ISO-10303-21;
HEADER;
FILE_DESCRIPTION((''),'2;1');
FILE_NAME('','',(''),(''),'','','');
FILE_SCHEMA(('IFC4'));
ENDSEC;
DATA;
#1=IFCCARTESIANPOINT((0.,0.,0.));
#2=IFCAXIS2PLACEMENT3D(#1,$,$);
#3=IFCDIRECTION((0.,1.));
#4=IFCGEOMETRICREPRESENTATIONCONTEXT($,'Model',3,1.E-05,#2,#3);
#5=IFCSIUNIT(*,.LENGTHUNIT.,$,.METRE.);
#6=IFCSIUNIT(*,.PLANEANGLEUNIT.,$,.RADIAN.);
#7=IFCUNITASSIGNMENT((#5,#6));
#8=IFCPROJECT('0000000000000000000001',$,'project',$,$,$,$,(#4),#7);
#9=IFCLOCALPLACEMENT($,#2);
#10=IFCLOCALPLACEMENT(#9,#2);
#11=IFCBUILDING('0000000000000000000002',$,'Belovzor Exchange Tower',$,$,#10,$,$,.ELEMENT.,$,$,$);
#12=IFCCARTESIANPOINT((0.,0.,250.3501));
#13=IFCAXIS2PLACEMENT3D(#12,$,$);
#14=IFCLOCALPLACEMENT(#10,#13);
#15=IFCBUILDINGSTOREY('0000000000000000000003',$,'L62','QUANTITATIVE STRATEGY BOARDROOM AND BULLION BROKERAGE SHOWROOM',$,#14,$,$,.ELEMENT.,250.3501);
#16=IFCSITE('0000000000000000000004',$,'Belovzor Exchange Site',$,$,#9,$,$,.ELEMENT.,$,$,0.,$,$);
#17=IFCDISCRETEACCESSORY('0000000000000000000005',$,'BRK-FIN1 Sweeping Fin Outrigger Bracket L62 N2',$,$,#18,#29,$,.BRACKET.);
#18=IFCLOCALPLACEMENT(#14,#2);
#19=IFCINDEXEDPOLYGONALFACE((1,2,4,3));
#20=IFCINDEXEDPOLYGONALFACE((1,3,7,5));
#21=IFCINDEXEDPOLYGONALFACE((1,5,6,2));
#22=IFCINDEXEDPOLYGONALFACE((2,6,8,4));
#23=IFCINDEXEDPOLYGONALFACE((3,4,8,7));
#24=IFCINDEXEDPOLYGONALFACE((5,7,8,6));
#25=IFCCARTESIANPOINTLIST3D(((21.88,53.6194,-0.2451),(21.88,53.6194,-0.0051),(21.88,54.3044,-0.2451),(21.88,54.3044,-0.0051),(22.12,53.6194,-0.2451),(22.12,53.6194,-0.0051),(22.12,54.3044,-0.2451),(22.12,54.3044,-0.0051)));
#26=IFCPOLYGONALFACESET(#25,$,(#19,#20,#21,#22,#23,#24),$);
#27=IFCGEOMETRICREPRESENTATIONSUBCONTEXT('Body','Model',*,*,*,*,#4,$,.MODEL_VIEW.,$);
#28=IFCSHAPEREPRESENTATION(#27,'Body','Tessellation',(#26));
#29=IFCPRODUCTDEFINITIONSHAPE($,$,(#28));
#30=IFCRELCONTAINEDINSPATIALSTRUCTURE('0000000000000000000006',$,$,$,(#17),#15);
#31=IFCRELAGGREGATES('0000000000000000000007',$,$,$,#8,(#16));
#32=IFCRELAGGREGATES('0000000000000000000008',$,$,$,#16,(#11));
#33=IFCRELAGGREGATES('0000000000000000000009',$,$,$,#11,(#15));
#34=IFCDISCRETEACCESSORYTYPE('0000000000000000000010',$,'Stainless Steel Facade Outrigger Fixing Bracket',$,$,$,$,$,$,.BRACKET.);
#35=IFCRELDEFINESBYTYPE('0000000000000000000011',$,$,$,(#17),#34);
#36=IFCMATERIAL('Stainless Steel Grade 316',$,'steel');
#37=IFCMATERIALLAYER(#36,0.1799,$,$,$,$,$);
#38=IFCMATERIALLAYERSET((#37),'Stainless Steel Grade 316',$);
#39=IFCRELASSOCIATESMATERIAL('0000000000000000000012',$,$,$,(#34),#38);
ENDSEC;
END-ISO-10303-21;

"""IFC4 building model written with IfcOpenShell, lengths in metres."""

from ifc_helpers import new_model, si_unit, direction, frame, origin, origin_2d, place, context, subcontext, project, spatial, rectangle, extrude, material, layer, layer_set, type_object, element, save


model = new_model("IFC4")

# Units and contexts
model_context = context("Model", 3, precision=1e-05, world=origin(), true_north=direction((0.0, 1.0)))
body_context = subcontext(model_context, "Body", "Model", "MODEL_VIEW")
ifc_project = project(units=[si_unit("LENGTHUNIT", "METRE"), si_unit("PLANEANGLEUNIT", "RADIAN")], contexts=[model_context])

# Site, building, storey
site_placement = place(None, origin())
site = spatial("IfcSite", under=ifc_project, at=site_placement, Name="Belovzor Exchange Site", CompositionType="ELEMENT", RefElevation=0.0)
building_placement = place(site_placement, origin())
building = spatial("IfcBuilding", under=site, at=building_placement, Name="Belovzor Exchange Tower", CompositionType="ELEMENT")
storey_placement = place(building_placement, frame((0.0, 0.0, 250.3501)))
storey = spatial("IfcBuildingStorey", under=building, at=storey_placement, Name="L62", Description="QUANTITATIVE STRATEGY BOARDROOM AND BULLION BROKERAGE SHOWROOM", CompositionType="ELEMENT", Elevation=250.3501)

# Discrete accessory
ifc_material_1 = material(Name="Stainless Steel Grade 316", Category="steel")
ifc_layer_1 = layer(ifc_material_1, 0.1799)
ifc_layer_set_1 = layer_set([ifc_layer_1], Name="Stainless Steel Grade 316")
discrete_accessory_type = type_object("IfcDiscreteAccessoryType", Name="Stainless Steel Facade Outrigger Fixing Bracket", PredefinedType="BRACKET", material=ifc_layer_set_1)
discrete_accessory_placement = place(storey_placement, frame((22.0, 53.9619, -0.2451), z_axis=(0.0, 0.0, 1.0), x_axis=(0.0, 1.0, 0.0)))
element("IfcDiscreteAccessory", 1, at=discrete_accessory_placement, inside=storey, type_object=discrete_accessory_type, Name="BRK-FIN1 Sweeping Fin Outrigger Bracket L62 N2", PredefinedType="BRACKET", context=body_context, shape_type="SweptSolid", body=[
    extrude(rectangle(XDim=0.6851, YDim=0.24, at=origin_2d()), origin(), (0.0, 0.0, 1.0), 0.24),
])

save(model, "model.ifc")
